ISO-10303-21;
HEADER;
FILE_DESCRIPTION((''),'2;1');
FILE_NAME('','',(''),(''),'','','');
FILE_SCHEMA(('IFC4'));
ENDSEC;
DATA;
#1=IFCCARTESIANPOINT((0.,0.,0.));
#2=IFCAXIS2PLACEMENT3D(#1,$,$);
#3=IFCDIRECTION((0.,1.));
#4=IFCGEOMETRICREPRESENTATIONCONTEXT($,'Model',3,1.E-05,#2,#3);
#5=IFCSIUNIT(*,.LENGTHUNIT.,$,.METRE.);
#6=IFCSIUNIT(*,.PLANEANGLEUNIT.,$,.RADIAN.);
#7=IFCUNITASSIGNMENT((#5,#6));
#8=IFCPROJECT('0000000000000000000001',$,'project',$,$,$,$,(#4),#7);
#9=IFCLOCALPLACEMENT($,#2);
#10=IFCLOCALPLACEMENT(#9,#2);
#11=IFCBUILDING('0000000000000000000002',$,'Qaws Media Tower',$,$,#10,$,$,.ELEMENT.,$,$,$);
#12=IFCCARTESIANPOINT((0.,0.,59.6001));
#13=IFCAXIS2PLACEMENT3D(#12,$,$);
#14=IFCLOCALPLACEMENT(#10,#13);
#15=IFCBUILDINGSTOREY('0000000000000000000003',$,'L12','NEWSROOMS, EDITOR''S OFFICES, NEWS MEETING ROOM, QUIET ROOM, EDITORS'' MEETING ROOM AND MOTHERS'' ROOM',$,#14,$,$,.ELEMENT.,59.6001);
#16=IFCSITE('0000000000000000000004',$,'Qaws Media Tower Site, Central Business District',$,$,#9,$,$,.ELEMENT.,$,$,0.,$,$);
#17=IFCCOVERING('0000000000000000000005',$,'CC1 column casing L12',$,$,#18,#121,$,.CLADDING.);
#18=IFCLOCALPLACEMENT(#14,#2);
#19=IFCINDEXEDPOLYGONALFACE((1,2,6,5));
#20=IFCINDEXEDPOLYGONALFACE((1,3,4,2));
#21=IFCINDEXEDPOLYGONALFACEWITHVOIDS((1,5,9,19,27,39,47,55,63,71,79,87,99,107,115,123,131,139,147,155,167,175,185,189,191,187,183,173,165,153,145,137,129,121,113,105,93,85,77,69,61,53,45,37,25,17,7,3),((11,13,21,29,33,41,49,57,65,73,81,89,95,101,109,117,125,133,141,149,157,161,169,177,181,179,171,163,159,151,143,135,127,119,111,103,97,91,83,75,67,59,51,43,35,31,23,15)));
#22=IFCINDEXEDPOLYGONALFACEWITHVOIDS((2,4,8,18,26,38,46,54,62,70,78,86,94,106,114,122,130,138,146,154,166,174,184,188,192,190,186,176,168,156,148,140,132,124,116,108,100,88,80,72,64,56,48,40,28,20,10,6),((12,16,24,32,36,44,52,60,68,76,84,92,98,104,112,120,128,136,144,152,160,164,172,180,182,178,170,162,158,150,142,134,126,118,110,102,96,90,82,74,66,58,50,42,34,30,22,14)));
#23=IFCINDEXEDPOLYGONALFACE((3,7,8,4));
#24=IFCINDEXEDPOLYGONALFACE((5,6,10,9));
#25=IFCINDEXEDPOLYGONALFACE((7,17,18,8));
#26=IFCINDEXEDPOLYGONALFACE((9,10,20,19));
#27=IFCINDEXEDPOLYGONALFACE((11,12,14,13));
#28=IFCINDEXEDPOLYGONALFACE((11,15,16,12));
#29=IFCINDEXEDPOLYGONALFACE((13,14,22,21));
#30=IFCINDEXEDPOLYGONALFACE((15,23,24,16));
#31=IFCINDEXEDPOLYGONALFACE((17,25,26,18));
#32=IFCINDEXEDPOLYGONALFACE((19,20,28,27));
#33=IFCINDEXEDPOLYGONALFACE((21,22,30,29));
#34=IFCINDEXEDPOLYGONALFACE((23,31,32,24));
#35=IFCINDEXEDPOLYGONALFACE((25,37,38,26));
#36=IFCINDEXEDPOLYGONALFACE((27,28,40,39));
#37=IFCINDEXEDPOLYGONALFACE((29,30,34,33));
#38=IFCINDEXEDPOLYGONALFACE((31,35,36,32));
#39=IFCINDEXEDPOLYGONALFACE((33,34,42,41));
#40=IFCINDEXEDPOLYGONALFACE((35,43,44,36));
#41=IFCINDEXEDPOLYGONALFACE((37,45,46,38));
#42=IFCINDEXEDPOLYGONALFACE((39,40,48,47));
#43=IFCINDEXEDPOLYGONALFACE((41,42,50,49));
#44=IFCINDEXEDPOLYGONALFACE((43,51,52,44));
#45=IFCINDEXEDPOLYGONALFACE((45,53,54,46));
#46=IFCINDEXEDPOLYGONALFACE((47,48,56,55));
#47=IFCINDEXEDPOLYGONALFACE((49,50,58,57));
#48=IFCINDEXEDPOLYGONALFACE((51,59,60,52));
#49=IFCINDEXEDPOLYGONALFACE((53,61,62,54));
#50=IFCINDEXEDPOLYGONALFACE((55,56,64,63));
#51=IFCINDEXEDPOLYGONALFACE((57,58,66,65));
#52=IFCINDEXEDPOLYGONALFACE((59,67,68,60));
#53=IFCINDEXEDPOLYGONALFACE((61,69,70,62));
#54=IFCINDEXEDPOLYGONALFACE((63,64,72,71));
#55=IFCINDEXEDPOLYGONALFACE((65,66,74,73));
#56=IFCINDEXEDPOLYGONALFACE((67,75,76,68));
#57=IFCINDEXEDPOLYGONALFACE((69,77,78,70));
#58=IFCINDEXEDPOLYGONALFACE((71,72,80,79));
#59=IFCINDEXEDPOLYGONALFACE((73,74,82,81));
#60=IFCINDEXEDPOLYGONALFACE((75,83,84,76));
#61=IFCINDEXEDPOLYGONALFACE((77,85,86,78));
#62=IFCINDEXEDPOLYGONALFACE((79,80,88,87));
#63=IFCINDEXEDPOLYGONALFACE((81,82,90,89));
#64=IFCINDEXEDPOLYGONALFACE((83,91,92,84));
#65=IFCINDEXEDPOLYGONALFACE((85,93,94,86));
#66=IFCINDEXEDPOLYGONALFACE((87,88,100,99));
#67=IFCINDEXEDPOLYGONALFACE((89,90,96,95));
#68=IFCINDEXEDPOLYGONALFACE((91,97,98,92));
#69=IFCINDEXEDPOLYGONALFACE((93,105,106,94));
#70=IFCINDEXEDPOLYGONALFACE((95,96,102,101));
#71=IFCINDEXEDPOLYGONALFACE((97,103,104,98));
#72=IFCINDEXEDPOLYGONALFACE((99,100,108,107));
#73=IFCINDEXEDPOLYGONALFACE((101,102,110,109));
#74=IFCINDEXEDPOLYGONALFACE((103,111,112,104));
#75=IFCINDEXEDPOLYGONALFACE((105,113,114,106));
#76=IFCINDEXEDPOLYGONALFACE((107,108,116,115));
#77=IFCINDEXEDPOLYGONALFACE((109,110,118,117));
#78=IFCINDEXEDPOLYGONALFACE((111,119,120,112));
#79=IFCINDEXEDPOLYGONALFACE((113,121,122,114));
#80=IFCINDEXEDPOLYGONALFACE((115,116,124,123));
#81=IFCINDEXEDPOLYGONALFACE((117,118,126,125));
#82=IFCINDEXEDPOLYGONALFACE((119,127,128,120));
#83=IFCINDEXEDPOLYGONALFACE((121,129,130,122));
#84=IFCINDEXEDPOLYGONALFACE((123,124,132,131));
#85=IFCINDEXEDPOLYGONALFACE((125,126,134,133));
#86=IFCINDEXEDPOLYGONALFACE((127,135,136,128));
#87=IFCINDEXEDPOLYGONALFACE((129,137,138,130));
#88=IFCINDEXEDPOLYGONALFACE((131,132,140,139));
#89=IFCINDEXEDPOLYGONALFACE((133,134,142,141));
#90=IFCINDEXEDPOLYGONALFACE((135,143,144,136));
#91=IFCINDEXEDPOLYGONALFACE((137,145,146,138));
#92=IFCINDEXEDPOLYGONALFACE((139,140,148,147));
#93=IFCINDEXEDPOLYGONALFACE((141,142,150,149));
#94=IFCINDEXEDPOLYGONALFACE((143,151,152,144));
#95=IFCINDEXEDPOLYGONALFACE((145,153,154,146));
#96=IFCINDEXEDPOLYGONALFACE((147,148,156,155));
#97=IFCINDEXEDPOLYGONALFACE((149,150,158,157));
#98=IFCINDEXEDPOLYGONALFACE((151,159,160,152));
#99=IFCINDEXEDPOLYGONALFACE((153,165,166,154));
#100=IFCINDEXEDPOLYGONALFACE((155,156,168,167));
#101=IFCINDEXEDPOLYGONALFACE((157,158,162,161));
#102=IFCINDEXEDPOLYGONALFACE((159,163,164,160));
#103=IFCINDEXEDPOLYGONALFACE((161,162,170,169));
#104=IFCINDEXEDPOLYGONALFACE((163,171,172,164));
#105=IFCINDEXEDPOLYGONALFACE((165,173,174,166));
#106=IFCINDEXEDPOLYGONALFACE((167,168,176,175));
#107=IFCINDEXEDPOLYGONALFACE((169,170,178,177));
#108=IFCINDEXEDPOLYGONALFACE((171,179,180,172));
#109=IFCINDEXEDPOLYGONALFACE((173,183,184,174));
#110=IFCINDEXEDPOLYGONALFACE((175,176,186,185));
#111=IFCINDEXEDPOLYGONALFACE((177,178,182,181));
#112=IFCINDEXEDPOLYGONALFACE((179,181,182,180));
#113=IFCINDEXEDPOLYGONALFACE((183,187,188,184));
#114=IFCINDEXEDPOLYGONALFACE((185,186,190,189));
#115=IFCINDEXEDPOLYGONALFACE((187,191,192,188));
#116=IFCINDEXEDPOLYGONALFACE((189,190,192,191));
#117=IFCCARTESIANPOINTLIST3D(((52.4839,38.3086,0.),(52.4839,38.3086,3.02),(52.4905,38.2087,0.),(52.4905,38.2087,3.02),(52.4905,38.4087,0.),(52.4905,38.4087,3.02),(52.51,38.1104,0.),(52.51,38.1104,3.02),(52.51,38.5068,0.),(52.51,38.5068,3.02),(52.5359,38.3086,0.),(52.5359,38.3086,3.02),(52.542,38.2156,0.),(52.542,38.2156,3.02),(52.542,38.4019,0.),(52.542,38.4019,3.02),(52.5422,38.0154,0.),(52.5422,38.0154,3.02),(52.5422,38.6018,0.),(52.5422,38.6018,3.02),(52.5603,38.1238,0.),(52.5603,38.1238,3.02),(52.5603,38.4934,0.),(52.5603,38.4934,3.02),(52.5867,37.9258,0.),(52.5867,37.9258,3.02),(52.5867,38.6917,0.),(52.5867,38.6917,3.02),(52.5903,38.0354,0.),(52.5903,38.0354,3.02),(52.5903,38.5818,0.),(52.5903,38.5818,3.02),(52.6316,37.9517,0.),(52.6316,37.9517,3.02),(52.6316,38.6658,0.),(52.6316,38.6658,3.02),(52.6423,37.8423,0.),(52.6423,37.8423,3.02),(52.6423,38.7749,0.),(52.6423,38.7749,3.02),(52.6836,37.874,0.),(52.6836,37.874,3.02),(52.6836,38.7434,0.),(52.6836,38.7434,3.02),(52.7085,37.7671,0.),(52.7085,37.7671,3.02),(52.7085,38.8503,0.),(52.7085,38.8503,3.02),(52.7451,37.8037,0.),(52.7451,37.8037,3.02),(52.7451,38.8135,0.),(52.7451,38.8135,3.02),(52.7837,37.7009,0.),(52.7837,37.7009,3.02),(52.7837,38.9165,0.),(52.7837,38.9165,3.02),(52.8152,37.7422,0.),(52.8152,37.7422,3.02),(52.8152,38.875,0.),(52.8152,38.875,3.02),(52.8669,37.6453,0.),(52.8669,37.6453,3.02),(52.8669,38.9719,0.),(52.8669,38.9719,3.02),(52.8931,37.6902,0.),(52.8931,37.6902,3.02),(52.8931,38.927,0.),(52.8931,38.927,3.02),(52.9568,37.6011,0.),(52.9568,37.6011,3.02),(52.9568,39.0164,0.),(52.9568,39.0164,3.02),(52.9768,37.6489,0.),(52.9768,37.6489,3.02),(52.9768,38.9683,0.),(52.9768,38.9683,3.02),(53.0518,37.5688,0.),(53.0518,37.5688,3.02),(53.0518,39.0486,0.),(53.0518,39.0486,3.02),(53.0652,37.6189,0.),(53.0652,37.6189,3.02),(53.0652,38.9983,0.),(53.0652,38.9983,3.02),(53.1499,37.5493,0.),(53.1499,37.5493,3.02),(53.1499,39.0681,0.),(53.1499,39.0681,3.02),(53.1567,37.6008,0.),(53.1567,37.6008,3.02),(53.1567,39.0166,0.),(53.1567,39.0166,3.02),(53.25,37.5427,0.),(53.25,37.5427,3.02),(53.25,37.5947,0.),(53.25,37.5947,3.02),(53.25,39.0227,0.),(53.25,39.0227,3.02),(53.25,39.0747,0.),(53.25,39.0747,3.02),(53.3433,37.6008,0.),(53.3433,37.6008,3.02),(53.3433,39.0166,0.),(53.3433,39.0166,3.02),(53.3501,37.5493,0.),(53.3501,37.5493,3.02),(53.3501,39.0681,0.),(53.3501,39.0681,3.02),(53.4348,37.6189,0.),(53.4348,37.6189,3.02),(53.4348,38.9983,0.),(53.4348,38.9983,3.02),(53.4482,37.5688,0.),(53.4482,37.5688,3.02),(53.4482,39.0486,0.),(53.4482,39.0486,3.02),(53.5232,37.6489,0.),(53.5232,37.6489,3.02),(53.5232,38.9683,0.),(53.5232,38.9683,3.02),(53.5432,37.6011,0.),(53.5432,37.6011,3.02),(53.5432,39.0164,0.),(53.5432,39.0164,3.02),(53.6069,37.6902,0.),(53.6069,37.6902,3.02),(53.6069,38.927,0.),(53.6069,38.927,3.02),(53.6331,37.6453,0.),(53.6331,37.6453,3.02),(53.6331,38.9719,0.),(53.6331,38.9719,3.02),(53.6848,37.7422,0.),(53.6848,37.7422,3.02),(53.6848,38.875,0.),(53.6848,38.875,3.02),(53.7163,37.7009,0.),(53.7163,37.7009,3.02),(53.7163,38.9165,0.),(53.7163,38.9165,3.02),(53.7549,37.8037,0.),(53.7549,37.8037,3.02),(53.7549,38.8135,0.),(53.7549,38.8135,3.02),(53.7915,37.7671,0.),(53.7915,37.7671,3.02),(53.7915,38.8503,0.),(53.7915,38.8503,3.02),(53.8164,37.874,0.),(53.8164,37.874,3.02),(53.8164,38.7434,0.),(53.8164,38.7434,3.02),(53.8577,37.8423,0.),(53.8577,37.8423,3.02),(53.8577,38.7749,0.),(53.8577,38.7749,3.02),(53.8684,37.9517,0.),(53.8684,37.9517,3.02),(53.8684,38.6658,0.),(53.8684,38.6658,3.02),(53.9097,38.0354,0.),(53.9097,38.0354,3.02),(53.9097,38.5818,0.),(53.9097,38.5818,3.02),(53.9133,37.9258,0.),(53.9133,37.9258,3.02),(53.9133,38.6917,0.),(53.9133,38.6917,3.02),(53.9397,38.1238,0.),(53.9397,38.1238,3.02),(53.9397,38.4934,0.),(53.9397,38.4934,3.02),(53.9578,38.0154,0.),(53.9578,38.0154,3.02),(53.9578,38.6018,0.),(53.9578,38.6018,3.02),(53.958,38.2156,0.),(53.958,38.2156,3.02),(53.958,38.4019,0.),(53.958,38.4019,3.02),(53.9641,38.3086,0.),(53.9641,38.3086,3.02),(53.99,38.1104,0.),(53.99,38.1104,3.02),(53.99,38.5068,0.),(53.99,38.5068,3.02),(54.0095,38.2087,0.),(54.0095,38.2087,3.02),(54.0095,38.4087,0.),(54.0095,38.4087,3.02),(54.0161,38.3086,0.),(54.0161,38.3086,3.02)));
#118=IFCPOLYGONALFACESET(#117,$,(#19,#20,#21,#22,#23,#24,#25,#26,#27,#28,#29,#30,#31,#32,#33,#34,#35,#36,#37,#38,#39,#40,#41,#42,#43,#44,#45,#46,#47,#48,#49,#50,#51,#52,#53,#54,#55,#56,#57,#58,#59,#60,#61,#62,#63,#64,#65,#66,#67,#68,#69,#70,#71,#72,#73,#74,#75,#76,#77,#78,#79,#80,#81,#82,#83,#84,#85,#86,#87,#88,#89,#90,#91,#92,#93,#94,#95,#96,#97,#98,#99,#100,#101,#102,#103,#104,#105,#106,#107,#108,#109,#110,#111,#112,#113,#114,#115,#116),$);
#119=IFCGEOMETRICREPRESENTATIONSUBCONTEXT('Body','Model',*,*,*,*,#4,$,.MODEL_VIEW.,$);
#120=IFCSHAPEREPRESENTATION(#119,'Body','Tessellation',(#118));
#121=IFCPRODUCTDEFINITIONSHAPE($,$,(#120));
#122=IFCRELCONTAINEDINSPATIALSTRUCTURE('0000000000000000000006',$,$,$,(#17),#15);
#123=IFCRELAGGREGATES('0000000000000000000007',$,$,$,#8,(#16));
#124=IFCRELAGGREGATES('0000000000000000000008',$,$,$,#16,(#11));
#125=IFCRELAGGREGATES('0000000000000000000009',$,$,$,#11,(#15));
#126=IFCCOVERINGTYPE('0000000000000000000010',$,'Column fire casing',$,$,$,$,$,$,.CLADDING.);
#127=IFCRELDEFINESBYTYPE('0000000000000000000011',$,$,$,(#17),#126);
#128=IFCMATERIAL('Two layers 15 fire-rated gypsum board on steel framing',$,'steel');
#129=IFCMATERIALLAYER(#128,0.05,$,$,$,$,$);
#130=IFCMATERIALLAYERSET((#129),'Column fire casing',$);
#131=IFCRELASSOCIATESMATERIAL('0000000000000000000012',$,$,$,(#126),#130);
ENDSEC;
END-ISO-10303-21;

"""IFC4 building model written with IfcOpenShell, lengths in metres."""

from ifc_helpers import new_model, si_unit, direction, frame, origin, place, context, subcontext, project, spatial, polyline, outline, extrude, material, layer, layer_set, type_object, element, save


model = new_model("IFC4")

# Units and contexts
model_context = context("Model", 3, precision=1e-05, world=origin(), true_north=direction((0.0, 1.0)))
body_context = subcontext(model_context, "Body", "Model", "MODEL_VIEW")
ifc_project = project(units=[si_unit("LENGTHUNIT", "METRE"), si_unit("PLANEANGLEUNIT", "RADIAN")], contexts=[model_context])

# Site, building, storey
site_placement = place(None, origin())
site = spatial("IfcSite", under=ifc_project, at=site_placement, Name="Qaws Media Tower Site, Central Business District", CompositionType="ELEMENT", RefElevation=0.0)
building_placement = place(site_placement, origin())
building = spatial("IfcBuilding", under=site, at=building_placement, Name="Qaws Media Tower", CompositionType="ELEMENT")
storey_placement = place(building_placement, frame((0.0, 0.0, 59.6001)))
storey = spatial("IfcBuildingStorey", under=building, at=storey_placement, Name="L12", Description="NEWSROOMS, EDITOR'S OFFICES, NEWS MEETING ROOM, QUIET ROOM, EDITORS' MEETING ROOM AND MOTHERS' ROOM", CompositionType="ELEMENT", Elevation=59.6001)

# Covering
ifc_material_1 = material(Name="Two layers 15 fire-rated gypsum board on steel framing", Category="steel")
ifc_layer_1 = layer(ifc_material_1, 0.05)
ifc_layer_set_1 = layer_set([ifc_layer_1], Name="Column fire casing")
covering_type_1 = type_object("IfcCoveringType", Name="Column fire casing", PredefinedType="CLADDING", material=ifc_layer_set_1)
covering_1_placement = place(storey_placement, origin())
element("IfcCovering", 1, at=covering_1_placement, inside=storey, type_object=covering_type_1, Name="CC1 column casing L12", PredefinedType="CLADDING", context=body_context, shape_type="SweptSolid", body=[
    extrude(outline(polyline([(54.0161, 38.3086), (54.0095, 38.2087), (53.99, 38.1104), (53.9578, 38.0154), (53.9133, 37.9258), (53.8577, 37.8423), (53.7915, 37.7671), (53.7163, 37.7009), (53.6331, 37.6453), (53.5432, 37.6011), (53.4482, 37.5688), (53.3501, 37.5493), (53.25, 37.5427), (53.1499, 37.5493), (53.0518, 37.5688), (52.9568, 37.6011), (52.8669, 37.6453), (52.7837, 37.7009), (52.7085, 37.7671), (52.6423, 37.8423), (52.5867, 37.9258), (52.5422, 38.0154), (52.51, 38.1104), (52.4905, 38.2087), (52.4839, 38.3086), (52.4905, 38.4087), (52.51, 38.5068), (52.5422, 38.6018), (52.5867, 38.6917), (52.6423, 38.7749), (52.7085, 38.8503), (52.7837, 38.9165), (52.8669, 38.9719), (52.9568, 39.0164), (53.0518, 39.0486), (53.1499, 39.0681), (53.25, 39.0747), (53.3501, 39.0681), (53.4482, 39.0486), (53.5432, 39.0164), (53.6331, 38.9719), (53.7163, 38.9165), (53.7915, 38.8503), (53.8577, 38.7749), (53.9133, 38.6917), (53.9578, 38.6018), (53.99, 38.5068), (54.0095, 38.4087), (54.0161, 38.3086)]), holes=[polyline([(53.9641, 38.3086), (53.958, 38.2156), (53.9397, 38.1238), (53.9097, 38.0354), (53.8684, 37.9517), (53.8164, 37.874), (53.7549, 37.8037), (53.6848, 37.7422), (53.6069, 37.6902), (53.5232, 37.6489), (53.4348, 37.6189), (53.3433, 37.6008), (53.25, 37.5947), (53.1567, 37.6008), (53.0652, 37.6189), (52.9768, 37.6489), (52.8931, 37.6902), (52.8152, 37.7422), (52.7451, 37.8037), (52.6836, 37.874), (52.6316, 37.9517), (52.5903, 38.0354), (52.5603, 38.1238), (52.542, 38.2156), (52.5359, 38.3086), (52.542, 38.4019), (52.5603, 38.4934), (52.5903, 38.5818), (52.6316, 38.6658), (52.6836, 38.7434), (52.7451, 38.8135), (52.8152, 38.875), (52.8931, 38.927), (52.9768, 38.9683), (53.0652, 38.9983), (53.1567, 39.0166), (53.25, 39.0227), (53.3433, 39.0166), (53.4348, 38.9983), (53.5232, 38.9683), (53.6069, 38.927), (53.6848, 38.875), (53.7549, 38.8135), (53.8164, 38.7434), (53.8684, 38.6658), (53.9097, 38.5818), (53.9397, 38.4934), (53.958, 38.4019), (53.9641, 38.3086)])]), origin(), (0.0, 0.0, 1.0), 3.02),
])

save(model, "model.ifc")
